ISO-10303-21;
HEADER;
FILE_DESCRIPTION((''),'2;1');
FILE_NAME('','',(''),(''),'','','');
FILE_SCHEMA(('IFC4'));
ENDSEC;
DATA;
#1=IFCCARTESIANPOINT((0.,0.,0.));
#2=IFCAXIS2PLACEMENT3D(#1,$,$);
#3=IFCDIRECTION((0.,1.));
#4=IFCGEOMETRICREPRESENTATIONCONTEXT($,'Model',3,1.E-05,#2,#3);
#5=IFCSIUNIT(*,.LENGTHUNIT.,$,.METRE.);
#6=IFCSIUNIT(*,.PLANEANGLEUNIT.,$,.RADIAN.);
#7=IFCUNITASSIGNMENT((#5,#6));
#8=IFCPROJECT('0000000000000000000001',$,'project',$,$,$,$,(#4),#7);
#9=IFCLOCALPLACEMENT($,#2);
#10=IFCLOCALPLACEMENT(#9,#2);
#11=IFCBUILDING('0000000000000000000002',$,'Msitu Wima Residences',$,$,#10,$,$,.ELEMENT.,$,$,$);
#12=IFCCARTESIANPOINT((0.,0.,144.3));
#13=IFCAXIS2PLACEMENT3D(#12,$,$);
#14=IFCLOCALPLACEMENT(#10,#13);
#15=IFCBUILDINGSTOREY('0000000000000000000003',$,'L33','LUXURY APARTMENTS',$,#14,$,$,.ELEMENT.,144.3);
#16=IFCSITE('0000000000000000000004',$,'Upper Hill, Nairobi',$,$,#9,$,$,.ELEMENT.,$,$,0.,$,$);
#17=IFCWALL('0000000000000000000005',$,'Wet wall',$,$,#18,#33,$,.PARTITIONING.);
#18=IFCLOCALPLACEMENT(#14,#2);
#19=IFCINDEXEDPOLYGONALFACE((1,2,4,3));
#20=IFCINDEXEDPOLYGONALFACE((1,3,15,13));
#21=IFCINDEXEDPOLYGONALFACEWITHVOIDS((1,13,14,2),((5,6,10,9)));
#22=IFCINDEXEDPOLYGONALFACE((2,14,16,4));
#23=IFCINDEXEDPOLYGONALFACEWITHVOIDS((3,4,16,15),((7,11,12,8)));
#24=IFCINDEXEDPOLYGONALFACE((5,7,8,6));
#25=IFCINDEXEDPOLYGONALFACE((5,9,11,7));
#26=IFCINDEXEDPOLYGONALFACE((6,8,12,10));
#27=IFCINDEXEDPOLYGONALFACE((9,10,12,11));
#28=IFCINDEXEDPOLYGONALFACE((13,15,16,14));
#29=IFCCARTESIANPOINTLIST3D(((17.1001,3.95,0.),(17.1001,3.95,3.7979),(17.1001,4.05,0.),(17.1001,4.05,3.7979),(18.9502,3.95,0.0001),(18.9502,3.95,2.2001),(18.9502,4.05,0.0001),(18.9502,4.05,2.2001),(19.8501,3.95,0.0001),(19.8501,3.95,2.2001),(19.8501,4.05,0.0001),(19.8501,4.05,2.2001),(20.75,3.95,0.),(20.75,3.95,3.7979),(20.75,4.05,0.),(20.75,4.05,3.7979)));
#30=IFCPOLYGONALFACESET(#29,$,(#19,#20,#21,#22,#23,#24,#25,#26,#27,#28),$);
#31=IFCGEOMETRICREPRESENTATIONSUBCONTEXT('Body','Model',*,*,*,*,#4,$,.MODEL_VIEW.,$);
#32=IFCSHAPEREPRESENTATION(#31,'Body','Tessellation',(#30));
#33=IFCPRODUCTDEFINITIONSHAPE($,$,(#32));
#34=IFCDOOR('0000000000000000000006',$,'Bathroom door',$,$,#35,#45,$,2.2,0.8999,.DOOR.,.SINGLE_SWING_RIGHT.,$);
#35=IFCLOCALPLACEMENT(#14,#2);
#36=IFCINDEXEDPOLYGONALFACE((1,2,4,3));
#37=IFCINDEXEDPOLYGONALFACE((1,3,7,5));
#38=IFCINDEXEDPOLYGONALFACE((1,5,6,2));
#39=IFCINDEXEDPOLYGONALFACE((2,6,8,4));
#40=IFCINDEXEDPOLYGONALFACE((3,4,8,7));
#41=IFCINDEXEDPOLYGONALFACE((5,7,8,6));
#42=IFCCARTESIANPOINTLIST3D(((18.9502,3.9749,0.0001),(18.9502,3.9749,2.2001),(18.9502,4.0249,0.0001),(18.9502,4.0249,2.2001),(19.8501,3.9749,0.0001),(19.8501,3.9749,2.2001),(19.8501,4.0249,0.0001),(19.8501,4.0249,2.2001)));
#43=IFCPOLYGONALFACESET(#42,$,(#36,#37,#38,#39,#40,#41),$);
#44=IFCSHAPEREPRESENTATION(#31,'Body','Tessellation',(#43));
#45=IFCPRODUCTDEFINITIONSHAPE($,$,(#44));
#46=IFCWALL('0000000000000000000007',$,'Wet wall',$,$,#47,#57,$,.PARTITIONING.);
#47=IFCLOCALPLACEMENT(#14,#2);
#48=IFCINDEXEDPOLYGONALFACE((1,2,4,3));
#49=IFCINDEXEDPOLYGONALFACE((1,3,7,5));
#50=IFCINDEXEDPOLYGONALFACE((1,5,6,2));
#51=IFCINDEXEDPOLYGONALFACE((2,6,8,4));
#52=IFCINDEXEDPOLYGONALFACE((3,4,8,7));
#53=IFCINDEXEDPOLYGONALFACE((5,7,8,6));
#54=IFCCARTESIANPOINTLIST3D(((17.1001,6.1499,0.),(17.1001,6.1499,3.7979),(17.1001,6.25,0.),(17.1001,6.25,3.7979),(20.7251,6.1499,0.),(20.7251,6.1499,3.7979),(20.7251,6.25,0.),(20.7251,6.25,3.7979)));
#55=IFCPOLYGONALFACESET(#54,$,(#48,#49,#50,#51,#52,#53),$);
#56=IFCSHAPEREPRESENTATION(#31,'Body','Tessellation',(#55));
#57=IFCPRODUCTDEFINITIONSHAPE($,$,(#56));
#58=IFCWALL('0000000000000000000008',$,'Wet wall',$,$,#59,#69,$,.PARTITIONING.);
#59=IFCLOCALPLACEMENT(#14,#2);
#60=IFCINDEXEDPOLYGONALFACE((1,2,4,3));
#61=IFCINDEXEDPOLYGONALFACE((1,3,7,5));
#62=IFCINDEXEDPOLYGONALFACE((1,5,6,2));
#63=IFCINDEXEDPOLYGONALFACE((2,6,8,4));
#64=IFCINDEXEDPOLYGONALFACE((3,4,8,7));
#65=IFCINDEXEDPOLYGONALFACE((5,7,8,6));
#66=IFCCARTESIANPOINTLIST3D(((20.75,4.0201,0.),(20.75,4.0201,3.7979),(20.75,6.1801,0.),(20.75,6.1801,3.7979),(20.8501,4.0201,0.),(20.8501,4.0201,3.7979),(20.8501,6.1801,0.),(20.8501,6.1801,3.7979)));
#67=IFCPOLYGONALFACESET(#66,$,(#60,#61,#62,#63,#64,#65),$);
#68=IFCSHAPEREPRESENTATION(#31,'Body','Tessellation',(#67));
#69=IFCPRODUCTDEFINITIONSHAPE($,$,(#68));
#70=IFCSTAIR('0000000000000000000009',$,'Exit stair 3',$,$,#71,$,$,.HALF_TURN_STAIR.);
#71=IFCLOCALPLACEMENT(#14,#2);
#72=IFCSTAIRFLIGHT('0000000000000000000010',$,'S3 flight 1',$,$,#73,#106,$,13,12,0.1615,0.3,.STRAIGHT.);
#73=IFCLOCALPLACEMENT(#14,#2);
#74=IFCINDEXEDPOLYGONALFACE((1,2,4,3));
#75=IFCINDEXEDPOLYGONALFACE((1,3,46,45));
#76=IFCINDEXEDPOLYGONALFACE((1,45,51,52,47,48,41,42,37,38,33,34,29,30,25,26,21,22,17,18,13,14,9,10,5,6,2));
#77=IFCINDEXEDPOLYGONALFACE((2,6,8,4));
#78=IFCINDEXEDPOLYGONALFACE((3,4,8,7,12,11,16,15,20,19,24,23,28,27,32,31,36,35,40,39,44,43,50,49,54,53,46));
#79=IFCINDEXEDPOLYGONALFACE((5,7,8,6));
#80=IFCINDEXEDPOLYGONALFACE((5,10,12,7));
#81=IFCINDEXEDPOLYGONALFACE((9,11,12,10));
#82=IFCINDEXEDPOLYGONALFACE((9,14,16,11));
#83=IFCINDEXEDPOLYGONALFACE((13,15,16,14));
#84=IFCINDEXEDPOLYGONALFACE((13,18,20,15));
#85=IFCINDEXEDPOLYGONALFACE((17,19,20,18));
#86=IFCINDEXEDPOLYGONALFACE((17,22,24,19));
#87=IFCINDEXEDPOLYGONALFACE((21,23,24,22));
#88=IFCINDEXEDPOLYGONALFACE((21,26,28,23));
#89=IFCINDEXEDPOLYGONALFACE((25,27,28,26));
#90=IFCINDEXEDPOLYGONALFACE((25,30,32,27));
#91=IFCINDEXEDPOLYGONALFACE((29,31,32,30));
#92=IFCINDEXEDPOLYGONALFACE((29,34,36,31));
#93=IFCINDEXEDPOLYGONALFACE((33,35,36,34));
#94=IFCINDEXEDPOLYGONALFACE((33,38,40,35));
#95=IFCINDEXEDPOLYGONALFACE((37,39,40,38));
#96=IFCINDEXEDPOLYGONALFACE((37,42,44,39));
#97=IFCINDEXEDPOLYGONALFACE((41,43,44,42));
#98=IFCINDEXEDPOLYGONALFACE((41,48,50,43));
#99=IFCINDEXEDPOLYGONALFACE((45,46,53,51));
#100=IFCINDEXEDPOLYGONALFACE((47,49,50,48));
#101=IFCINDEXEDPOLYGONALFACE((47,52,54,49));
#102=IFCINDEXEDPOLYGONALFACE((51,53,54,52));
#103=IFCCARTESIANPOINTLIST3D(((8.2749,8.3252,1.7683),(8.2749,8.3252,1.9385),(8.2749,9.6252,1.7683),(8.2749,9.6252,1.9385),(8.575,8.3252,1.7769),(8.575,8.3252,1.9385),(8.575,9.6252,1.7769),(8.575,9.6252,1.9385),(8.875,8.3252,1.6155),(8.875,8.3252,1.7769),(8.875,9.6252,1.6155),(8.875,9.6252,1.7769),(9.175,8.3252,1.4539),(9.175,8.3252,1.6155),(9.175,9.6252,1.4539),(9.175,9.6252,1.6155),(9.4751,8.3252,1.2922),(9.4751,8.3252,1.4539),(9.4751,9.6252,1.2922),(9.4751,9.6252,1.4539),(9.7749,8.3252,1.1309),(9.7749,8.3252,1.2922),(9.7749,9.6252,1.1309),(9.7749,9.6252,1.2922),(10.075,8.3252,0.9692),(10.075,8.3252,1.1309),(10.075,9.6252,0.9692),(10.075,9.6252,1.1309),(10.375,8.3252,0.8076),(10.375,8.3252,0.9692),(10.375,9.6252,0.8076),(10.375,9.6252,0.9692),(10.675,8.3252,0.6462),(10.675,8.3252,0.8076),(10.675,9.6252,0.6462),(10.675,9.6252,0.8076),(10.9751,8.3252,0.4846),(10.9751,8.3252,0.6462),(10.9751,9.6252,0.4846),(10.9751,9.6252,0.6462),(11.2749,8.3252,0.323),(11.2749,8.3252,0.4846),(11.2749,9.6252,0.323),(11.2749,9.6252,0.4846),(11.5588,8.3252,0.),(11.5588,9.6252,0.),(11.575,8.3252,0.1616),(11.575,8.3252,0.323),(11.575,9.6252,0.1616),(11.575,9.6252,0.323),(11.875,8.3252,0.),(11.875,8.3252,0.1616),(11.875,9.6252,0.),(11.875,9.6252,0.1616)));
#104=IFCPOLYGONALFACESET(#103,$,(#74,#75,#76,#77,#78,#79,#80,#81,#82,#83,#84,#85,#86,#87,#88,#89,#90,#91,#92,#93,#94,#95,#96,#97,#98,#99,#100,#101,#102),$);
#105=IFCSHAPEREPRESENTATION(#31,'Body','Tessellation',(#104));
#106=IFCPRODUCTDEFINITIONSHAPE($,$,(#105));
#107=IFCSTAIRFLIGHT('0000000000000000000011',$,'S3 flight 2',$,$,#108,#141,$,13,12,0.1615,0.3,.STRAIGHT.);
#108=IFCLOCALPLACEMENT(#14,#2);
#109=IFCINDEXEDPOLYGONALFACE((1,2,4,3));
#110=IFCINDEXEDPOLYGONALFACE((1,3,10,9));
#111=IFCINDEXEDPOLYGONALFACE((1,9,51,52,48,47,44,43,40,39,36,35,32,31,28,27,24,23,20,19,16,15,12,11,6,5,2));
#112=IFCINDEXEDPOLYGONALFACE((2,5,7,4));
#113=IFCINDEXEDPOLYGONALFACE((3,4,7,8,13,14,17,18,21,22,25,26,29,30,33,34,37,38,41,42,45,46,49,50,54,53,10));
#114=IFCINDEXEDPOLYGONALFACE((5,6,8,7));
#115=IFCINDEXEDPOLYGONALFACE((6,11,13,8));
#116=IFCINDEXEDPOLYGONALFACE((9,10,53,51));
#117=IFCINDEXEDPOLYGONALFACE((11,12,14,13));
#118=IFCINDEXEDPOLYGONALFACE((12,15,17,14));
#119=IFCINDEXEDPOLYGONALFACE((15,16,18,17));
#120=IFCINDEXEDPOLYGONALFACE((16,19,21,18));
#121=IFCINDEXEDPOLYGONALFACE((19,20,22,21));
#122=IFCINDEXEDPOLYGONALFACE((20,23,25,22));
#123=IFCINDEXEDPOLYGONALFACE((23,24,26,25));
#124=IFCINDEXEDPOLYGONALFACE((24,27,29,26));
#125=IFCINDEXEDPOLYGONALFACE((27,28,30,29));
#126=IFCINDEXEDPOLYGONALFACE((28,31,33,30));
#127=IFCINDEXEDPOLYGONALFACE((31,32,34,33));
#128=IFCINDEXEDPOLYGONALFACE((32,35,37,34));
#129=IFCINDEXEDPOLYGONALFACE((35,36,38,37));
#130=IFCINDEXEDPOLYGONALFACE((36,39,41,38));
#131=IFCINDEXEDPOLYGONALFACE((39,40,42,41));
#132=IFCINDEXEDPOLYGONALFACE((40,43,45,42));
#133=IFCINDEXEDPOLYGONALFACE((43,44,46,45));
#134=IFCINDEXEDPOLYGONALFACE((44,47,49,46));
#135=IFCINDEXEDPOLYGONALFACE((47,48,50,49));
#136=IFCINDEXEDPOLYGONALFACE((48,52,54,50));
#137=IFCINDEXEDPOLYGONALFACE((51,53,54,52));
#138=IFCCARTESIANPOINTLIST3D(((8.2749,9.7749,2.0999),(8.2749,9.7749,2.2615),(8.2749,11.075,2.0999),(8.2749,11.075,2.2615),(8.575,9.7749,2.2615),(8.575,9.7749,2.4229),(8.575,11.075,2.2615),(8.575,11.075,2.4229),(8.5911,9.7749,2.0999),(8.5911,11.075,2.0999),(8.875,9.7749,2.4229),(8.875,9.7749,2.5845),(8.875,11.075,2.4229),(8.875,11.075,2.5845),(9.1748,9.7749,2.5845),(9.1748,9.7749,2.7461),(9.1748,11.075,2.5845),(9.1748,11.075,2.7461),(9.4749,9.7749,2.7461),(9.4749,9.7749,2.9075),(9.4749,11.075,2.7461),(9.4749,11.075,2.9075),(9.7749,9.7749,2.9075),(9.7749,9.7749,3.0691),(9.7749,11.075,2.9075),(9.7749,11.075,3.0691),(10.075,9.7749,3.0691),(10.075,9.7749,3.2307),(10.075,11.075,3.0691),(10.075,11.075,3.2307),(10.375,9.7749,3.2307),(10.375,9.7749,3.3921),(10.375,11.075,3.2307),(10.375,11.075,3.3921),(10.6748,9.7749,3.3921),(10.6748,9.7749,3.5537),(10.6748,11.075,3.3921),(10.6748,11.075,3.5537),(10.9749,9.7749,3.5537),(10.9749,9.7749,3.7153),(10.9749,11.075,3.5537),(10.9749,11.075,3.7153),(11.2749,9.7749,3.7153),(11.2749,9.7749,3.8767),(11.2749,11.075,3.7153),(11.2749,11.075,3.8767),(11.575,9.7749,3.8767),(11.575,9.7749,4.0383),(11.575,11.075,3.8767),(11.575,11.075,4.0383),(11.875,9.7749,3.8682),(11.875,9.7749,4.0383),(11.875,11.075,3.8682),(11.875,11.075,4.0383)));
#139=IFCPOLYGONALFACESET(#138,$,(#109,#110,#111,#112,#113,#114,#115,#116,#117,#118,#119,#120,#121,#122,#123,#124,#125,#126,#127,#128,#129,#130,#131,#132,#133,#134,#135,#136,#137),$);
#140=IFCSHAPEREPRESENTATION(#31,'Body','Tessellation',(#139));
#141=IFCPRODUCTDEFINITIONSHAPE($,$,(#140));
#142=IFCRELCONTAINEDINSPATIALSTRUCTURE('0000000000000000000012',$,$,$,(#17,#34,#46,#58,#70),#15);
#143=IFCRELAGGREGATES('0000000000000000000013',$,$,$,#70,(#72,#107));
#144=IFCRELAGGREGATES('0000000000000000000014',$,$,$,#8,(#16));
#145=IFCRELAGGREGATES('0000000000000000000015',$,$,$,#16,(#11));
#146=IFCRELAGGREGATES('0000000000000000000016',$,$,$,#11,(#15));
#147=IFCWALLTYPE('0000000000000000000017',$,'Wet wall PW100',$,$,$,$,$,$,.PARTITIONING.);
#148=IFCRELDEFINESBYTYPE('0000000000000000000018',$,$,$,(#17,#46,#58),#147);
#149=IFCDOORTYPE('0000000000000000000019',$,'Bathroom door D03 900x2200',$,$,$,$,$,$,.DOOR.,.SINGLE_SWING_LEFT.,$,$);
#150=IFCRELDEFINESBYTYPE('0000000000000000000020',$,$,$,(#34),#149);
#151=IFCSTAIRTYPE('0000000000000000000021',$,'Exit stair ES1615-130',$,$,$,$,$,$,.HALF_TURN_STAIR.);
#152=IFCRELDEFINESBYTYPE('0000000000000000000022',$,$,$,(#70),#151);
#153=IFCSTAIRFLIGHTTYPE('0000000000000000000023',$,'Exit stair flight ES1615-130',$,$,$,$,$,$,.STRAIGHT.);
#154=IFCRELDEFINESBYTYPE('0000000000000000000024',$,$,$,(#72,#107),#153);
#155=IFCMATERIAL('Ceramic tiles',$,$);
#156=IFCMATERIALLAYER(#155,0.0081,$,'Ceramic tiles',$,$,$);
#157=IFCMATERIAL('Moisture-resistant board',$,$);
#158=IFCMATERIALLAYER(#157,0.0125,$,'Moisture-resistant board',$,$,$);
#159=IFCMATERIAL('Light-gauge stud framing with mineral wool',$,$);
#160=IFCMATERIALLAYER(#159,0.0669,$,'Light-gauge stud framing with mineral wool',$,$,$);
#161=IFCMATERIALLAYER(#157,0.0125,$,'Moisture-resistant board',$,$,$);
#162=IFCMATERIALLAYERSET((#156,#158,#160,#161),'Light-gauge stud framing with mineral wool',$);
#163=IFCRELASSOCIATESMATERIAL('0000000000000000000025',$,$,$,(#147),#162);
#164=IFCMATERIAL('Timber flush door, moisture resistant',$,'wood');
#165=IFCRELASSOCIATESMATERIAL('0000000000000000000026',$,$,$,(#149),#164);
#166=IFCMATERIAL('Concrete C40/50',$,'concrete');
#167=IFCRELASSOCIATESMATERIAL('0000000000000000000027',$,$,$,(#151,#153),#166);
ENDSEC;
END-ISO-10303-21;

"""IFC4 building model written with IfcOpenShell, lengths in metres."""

from ifc_helpers import new_model, si_unit, direction, frame, frame_2d, origin, place, context, subcontext, project, spatial, polyline, rectangle, outline, extrude, material, layer, layer_set, type_object, element, fill, aggregate, save


model = new_model("IFC4")

# Units and contexts
model_context = context("Model", 3, precision=1e-05, world=origin(), true_north=direction((0.0, 1.0)))
body_context = subcontext(model_context, "Body", "Model", "MODEL_VIEW")
ifc_project = project(units=[si_unit("LENGTHUNIT", "METRE"), si_unit("PLANEANGLEUNIT", "RADIAN")], contexts=[model_context])

# Site, building, storey
site_placement = place(None, origin())
site = spatial("IfcSite", under=ifc_project, at=site_placement, Name="Upper Hill, Nairobi", CompositionType="ELEMENT", RefElevation=0.0)
building_placement = place(site_placement, origin())
building = spatial("IfcBuilding", under=site, at=building_placement, Name="Msitu Wima Residences", CompositionType="ELEMENT")
storey_placement = place(building_placement, frame((0.0, 0.0, 144.3)))
storey = spatial("IfcBuildingStorey", under=building, at=storey_placement, Name="L33", Description="LUXURY APARTMENTS", CompositionType="ELEMENT", Elevation=144.3)

# Shared definitions
ifc_material_1 = material(Name="Concrete C40/50", Category="concrete")

# Wall, opening, door
ifc_material_2 = material(Name="Ceramic tiles")
ifc_layer_1 = layer(ifc_material_2, 0.0081, Name="Ceramic tiles")
ifc_material_3 = material(Name="Moisture-resistant board")
ifc_layer_2 = layer(ifc_material_3, 0.0125, Name="Moisture-resistant board")
ifc_material_4 = material(Name="Light-gauge stud framing with mineral wool")
ifc_layer_3 = layer(ifc_material_4, 0.0669, Name="Light-gauge stud framing with mineral wool")
ifc_layer_4 = layer(ifc_material_3, 0.0125, Name="Moisture-resistant board")
ifc_layer_set_1 = layer_set([ifc_layer_1, ifc_layer_2, ifc_layer_3, ifc_layer_4], Name="Light-gauge stud framing with mineral wool")
wall_type_1 = type_object("IfcWallType", Name="Wet wall PW100", PredefinedType="PARTITIONING", material=ifc_layer_set_1)
wall_1_placement = place(storey_placement, frame((17.1001, 4.0, 0.0), z_axis=(0.0, 0.0, 1.0), x_axis=(1.0, 0.0, 0.0)))
wall_1 = element("IfcWall", 1, at=wall_1_placement, inside=storey, type_object=wall_type_1, Name="Wet wall", PredefinedType="PARTITIONING", context=body_context, shape_type="SweptSolid", body=[
    extrude(rectangle(XDim=3.6499, YDim=0.1001, at=frame_2d((1.825, 0.0))), origin(), (0.0, 0.0, 1.0), 3.7979),
])
opening_1_placement = place(wall_1_placement, frame((1.8501, 0.0, 0.0)))
opening_1 = element("IfcOpeningElement", 2, at=opening_1_placement, cuts=wall_1, PredefinedType="OPENING", context=body_context, shape_type="SweptSolid", body=[
    extrude(rectangle(XDim=0.8999, YDim=2.2, at=frame_2d((0.45, 1.1001))), frame((0.0, 0.0601, 0.0), z_axis=(0.0, -1.0, 0.0), x_axis=(1.0, 0.0, 0.0)), (0.0, 0.0, 1.0), 0.1201),
])
ifc_material_5 = material(Name="Timber flush door, moisture resistant", Category="wood")
door_type_1 = type_object("IfcDoorType", Name="Bathroom door D03 900x2200", OperationType="SINGLE_SWING_LEFT", PredefinedType="DOOR", material=ifc_material_5)
door_1_placement = place(opening_1_placement, origin())
door_1 = element("IfcDoor", 3, at=door_1_placement, inside=storey, type_object=door_type_1, Name="Bathroom door", OperationType="SINGLE_SWING_RIGHT", OverallHeight=2.2, OverallWidth=0.8999, PredefinedType="DOOR", context=body_context, shape_type="SweptSolid", body=[
    extrude(rectangle(XDim=0.8999, YDim=2.2, at=frame_2d((0.45, 1.1001))), frame((0.0, 0.0249, 0.0), z_axis=(0.0, -1.0, 0.0), x_axis=(1.0, 0.0, 0.0)), (0.0, 0.0, 1.0), 0.05),
])
fill(opening_1, door_1)

# Walls
wall_2_placement = place(storey_placement, frame((17.1001, 6.2, 0.0), z_axis=(0.0, 0.0, 1.0), x_axis=(1.0, 0.0, 0.0)))
element("IfcWall", 4, at=wall_2_placement, inside=storey, type_object=wall_type_1, Name="Wet wall", PredefinedType="PARTITIONING", context=body_context, shape_type="SweptSolid", body=[
    extrude(rectangle(XDim=3.625, YDim=0.1001, at=frame_2d((1.8125, 0.0))), origin(), (0.0, 0.0, 1.0), 3.7979),
])
wall_3_placement = place(storey_placement, frame((20.8, 4.02, 0.0), z_axis=(0.0, 0.0, 1.0), x_axis=(0.0, 1.0, 0.0)))
element("IfcWall", 5, at=wall_3_placement, inside=storey, type_object=wall_type_1, Name="Wet wall", PredefinedType="PARTITIONING", context=body_context, shape_type="SweptSolid", body=[
    extrude(rectangle(XDim=2.1599, YDim=0.1001, at=frame_2d((1.0801, 0.0))), origin(), (0.0, 0.0, 1.0), 3.7979),
])

# Stair, stair flights
stair_type = type_object("IfcStairType", Name="Exit stair ES1615-130", PredefinedType="HALF_TURN_STAIR", material=ifc_material_1)
stair_placement = place(storey_placement, origin())
stair = element("IfcStair", 6, at=stair_placement, inside=storey, type_object=stair_type, Name="Exit stair 3", PredefinedType="HALF_TURN_STAIR")
stair_flight_type = type_object("IfcStairFlightType", Name="Exit stair flight ES1615-130", PredefinedType="STRAIGHT", material=ifc_material_1)
stair_flight_1_placement = place(storey_placement, frame((11.875, 8.9751, 0.0), z_axis=(0.0, 0.0, 1.0), x_axis=(-1.0, 0.0, 0.0)))
stair_flight_1 = element("IfcStairFlight", 7, at=stair_flight_1_placement, type_object=stair_flight_type, Name="S3 flight 1", NumberOfRisers=13, NumberOfTreads=12, PredefinedType="STRAIGHT", RiserHeight=0.1615, TreadLength=0.3, context=body_context, shape_type="SweptSolid", body=[
    extrude(outline(polyline([(0.0, 0.0), (0.0, 0.1616), (0.3, 0.1616), (0.3, 0.323), (0.6001, 0.323), (0.6001, 0.4846), (0.8999, 0.4846), (0.8999, 0.6462), (1.2, 0.6462), (1.2, 0.8076), (1.5, 0.8076), (1.5, 0.9692), (1.8, 0.9692), (1.8, 1.1309), (2.1001, 1.1309), (2.1001, 1.2922), (2.3999, 1.2922), (2.3999, 1.4539), (2.7, 1.4539), (2.7, 1.6155), (3.0, 1.6155), (3.0, 1.7769), (3.3, 1.7769), (3.3, 1.9385), (3.6001, 1.9385), (3.6001, 2.1001), (3.6001, 1.7683), (0.3162, 0.0), (0.0, 0.0)])), frame((0.0, 0.6499, 0.0), z_axis=(0.0, -1.0, 0.0), x_axis=(1.0, 0.0, 0.0)), (0.0, 0.0, 1.0), 1.3),
])
stair_flight_2_placement = place(storey_placement, frame((8.2749, 10.425, 2.0999), z_axis=(0.0, 0.0, 1.0), x_axis=(1.0, 0.0, 0.0)))
stair_flight_2 = element("IfcStairFlight", 8, at=stair_flight_2_placement, type_object=stair_flight_type, Name="S3 flight 2", NumberOfRisers=13, NumberOfTreads=12, PredefinedType="STRAIGHT", RiserHeight=0.1615, TreadLength=0.3, context=body_context, shape_type="SweptSolid", body=[
    extrude(outline(polyline([(0.0, 0.0), (0.0, 0.1616), (0.3, 0.1616), (0.3, 0.323), (0.6001, 0.323), (0.6001, 0.4846), (0.8999, 0.4846), (0.8999, 0.6462), (1.2, 0.6462), (1.2, 0.8076), (1.5, 0.8076), (1.5, 0.9692), (1.8, 0.9692), (1.8, 1.1309), (2.1001, 1.1309), (2.1001, 1.2922), (2.3999, 1.2922), (2.3999, 1.4539), (2.7, 1.4539), (2.7, 1.6155), (3.0, 1.6155), (3.0, 1.7769), (3.3, 1.7769), (3.3, 1.9385), (3.6001, 1.9385), (3.6001, 2.1001), (3.6001, 1.7683), (0.3162, 0.0), (0.0, 0.0)])), frame((0.0, 0.6499, 0.0), z_axis=(0.0, -1.0, 0.0), x_axis=(1.0, 0.0, 0.0)), (0.0, 0.0, 1.0), 1.3),
])
aggregate(stair, [stair_flight_1, stair_flight_2])

save(model, "model.ifc")
